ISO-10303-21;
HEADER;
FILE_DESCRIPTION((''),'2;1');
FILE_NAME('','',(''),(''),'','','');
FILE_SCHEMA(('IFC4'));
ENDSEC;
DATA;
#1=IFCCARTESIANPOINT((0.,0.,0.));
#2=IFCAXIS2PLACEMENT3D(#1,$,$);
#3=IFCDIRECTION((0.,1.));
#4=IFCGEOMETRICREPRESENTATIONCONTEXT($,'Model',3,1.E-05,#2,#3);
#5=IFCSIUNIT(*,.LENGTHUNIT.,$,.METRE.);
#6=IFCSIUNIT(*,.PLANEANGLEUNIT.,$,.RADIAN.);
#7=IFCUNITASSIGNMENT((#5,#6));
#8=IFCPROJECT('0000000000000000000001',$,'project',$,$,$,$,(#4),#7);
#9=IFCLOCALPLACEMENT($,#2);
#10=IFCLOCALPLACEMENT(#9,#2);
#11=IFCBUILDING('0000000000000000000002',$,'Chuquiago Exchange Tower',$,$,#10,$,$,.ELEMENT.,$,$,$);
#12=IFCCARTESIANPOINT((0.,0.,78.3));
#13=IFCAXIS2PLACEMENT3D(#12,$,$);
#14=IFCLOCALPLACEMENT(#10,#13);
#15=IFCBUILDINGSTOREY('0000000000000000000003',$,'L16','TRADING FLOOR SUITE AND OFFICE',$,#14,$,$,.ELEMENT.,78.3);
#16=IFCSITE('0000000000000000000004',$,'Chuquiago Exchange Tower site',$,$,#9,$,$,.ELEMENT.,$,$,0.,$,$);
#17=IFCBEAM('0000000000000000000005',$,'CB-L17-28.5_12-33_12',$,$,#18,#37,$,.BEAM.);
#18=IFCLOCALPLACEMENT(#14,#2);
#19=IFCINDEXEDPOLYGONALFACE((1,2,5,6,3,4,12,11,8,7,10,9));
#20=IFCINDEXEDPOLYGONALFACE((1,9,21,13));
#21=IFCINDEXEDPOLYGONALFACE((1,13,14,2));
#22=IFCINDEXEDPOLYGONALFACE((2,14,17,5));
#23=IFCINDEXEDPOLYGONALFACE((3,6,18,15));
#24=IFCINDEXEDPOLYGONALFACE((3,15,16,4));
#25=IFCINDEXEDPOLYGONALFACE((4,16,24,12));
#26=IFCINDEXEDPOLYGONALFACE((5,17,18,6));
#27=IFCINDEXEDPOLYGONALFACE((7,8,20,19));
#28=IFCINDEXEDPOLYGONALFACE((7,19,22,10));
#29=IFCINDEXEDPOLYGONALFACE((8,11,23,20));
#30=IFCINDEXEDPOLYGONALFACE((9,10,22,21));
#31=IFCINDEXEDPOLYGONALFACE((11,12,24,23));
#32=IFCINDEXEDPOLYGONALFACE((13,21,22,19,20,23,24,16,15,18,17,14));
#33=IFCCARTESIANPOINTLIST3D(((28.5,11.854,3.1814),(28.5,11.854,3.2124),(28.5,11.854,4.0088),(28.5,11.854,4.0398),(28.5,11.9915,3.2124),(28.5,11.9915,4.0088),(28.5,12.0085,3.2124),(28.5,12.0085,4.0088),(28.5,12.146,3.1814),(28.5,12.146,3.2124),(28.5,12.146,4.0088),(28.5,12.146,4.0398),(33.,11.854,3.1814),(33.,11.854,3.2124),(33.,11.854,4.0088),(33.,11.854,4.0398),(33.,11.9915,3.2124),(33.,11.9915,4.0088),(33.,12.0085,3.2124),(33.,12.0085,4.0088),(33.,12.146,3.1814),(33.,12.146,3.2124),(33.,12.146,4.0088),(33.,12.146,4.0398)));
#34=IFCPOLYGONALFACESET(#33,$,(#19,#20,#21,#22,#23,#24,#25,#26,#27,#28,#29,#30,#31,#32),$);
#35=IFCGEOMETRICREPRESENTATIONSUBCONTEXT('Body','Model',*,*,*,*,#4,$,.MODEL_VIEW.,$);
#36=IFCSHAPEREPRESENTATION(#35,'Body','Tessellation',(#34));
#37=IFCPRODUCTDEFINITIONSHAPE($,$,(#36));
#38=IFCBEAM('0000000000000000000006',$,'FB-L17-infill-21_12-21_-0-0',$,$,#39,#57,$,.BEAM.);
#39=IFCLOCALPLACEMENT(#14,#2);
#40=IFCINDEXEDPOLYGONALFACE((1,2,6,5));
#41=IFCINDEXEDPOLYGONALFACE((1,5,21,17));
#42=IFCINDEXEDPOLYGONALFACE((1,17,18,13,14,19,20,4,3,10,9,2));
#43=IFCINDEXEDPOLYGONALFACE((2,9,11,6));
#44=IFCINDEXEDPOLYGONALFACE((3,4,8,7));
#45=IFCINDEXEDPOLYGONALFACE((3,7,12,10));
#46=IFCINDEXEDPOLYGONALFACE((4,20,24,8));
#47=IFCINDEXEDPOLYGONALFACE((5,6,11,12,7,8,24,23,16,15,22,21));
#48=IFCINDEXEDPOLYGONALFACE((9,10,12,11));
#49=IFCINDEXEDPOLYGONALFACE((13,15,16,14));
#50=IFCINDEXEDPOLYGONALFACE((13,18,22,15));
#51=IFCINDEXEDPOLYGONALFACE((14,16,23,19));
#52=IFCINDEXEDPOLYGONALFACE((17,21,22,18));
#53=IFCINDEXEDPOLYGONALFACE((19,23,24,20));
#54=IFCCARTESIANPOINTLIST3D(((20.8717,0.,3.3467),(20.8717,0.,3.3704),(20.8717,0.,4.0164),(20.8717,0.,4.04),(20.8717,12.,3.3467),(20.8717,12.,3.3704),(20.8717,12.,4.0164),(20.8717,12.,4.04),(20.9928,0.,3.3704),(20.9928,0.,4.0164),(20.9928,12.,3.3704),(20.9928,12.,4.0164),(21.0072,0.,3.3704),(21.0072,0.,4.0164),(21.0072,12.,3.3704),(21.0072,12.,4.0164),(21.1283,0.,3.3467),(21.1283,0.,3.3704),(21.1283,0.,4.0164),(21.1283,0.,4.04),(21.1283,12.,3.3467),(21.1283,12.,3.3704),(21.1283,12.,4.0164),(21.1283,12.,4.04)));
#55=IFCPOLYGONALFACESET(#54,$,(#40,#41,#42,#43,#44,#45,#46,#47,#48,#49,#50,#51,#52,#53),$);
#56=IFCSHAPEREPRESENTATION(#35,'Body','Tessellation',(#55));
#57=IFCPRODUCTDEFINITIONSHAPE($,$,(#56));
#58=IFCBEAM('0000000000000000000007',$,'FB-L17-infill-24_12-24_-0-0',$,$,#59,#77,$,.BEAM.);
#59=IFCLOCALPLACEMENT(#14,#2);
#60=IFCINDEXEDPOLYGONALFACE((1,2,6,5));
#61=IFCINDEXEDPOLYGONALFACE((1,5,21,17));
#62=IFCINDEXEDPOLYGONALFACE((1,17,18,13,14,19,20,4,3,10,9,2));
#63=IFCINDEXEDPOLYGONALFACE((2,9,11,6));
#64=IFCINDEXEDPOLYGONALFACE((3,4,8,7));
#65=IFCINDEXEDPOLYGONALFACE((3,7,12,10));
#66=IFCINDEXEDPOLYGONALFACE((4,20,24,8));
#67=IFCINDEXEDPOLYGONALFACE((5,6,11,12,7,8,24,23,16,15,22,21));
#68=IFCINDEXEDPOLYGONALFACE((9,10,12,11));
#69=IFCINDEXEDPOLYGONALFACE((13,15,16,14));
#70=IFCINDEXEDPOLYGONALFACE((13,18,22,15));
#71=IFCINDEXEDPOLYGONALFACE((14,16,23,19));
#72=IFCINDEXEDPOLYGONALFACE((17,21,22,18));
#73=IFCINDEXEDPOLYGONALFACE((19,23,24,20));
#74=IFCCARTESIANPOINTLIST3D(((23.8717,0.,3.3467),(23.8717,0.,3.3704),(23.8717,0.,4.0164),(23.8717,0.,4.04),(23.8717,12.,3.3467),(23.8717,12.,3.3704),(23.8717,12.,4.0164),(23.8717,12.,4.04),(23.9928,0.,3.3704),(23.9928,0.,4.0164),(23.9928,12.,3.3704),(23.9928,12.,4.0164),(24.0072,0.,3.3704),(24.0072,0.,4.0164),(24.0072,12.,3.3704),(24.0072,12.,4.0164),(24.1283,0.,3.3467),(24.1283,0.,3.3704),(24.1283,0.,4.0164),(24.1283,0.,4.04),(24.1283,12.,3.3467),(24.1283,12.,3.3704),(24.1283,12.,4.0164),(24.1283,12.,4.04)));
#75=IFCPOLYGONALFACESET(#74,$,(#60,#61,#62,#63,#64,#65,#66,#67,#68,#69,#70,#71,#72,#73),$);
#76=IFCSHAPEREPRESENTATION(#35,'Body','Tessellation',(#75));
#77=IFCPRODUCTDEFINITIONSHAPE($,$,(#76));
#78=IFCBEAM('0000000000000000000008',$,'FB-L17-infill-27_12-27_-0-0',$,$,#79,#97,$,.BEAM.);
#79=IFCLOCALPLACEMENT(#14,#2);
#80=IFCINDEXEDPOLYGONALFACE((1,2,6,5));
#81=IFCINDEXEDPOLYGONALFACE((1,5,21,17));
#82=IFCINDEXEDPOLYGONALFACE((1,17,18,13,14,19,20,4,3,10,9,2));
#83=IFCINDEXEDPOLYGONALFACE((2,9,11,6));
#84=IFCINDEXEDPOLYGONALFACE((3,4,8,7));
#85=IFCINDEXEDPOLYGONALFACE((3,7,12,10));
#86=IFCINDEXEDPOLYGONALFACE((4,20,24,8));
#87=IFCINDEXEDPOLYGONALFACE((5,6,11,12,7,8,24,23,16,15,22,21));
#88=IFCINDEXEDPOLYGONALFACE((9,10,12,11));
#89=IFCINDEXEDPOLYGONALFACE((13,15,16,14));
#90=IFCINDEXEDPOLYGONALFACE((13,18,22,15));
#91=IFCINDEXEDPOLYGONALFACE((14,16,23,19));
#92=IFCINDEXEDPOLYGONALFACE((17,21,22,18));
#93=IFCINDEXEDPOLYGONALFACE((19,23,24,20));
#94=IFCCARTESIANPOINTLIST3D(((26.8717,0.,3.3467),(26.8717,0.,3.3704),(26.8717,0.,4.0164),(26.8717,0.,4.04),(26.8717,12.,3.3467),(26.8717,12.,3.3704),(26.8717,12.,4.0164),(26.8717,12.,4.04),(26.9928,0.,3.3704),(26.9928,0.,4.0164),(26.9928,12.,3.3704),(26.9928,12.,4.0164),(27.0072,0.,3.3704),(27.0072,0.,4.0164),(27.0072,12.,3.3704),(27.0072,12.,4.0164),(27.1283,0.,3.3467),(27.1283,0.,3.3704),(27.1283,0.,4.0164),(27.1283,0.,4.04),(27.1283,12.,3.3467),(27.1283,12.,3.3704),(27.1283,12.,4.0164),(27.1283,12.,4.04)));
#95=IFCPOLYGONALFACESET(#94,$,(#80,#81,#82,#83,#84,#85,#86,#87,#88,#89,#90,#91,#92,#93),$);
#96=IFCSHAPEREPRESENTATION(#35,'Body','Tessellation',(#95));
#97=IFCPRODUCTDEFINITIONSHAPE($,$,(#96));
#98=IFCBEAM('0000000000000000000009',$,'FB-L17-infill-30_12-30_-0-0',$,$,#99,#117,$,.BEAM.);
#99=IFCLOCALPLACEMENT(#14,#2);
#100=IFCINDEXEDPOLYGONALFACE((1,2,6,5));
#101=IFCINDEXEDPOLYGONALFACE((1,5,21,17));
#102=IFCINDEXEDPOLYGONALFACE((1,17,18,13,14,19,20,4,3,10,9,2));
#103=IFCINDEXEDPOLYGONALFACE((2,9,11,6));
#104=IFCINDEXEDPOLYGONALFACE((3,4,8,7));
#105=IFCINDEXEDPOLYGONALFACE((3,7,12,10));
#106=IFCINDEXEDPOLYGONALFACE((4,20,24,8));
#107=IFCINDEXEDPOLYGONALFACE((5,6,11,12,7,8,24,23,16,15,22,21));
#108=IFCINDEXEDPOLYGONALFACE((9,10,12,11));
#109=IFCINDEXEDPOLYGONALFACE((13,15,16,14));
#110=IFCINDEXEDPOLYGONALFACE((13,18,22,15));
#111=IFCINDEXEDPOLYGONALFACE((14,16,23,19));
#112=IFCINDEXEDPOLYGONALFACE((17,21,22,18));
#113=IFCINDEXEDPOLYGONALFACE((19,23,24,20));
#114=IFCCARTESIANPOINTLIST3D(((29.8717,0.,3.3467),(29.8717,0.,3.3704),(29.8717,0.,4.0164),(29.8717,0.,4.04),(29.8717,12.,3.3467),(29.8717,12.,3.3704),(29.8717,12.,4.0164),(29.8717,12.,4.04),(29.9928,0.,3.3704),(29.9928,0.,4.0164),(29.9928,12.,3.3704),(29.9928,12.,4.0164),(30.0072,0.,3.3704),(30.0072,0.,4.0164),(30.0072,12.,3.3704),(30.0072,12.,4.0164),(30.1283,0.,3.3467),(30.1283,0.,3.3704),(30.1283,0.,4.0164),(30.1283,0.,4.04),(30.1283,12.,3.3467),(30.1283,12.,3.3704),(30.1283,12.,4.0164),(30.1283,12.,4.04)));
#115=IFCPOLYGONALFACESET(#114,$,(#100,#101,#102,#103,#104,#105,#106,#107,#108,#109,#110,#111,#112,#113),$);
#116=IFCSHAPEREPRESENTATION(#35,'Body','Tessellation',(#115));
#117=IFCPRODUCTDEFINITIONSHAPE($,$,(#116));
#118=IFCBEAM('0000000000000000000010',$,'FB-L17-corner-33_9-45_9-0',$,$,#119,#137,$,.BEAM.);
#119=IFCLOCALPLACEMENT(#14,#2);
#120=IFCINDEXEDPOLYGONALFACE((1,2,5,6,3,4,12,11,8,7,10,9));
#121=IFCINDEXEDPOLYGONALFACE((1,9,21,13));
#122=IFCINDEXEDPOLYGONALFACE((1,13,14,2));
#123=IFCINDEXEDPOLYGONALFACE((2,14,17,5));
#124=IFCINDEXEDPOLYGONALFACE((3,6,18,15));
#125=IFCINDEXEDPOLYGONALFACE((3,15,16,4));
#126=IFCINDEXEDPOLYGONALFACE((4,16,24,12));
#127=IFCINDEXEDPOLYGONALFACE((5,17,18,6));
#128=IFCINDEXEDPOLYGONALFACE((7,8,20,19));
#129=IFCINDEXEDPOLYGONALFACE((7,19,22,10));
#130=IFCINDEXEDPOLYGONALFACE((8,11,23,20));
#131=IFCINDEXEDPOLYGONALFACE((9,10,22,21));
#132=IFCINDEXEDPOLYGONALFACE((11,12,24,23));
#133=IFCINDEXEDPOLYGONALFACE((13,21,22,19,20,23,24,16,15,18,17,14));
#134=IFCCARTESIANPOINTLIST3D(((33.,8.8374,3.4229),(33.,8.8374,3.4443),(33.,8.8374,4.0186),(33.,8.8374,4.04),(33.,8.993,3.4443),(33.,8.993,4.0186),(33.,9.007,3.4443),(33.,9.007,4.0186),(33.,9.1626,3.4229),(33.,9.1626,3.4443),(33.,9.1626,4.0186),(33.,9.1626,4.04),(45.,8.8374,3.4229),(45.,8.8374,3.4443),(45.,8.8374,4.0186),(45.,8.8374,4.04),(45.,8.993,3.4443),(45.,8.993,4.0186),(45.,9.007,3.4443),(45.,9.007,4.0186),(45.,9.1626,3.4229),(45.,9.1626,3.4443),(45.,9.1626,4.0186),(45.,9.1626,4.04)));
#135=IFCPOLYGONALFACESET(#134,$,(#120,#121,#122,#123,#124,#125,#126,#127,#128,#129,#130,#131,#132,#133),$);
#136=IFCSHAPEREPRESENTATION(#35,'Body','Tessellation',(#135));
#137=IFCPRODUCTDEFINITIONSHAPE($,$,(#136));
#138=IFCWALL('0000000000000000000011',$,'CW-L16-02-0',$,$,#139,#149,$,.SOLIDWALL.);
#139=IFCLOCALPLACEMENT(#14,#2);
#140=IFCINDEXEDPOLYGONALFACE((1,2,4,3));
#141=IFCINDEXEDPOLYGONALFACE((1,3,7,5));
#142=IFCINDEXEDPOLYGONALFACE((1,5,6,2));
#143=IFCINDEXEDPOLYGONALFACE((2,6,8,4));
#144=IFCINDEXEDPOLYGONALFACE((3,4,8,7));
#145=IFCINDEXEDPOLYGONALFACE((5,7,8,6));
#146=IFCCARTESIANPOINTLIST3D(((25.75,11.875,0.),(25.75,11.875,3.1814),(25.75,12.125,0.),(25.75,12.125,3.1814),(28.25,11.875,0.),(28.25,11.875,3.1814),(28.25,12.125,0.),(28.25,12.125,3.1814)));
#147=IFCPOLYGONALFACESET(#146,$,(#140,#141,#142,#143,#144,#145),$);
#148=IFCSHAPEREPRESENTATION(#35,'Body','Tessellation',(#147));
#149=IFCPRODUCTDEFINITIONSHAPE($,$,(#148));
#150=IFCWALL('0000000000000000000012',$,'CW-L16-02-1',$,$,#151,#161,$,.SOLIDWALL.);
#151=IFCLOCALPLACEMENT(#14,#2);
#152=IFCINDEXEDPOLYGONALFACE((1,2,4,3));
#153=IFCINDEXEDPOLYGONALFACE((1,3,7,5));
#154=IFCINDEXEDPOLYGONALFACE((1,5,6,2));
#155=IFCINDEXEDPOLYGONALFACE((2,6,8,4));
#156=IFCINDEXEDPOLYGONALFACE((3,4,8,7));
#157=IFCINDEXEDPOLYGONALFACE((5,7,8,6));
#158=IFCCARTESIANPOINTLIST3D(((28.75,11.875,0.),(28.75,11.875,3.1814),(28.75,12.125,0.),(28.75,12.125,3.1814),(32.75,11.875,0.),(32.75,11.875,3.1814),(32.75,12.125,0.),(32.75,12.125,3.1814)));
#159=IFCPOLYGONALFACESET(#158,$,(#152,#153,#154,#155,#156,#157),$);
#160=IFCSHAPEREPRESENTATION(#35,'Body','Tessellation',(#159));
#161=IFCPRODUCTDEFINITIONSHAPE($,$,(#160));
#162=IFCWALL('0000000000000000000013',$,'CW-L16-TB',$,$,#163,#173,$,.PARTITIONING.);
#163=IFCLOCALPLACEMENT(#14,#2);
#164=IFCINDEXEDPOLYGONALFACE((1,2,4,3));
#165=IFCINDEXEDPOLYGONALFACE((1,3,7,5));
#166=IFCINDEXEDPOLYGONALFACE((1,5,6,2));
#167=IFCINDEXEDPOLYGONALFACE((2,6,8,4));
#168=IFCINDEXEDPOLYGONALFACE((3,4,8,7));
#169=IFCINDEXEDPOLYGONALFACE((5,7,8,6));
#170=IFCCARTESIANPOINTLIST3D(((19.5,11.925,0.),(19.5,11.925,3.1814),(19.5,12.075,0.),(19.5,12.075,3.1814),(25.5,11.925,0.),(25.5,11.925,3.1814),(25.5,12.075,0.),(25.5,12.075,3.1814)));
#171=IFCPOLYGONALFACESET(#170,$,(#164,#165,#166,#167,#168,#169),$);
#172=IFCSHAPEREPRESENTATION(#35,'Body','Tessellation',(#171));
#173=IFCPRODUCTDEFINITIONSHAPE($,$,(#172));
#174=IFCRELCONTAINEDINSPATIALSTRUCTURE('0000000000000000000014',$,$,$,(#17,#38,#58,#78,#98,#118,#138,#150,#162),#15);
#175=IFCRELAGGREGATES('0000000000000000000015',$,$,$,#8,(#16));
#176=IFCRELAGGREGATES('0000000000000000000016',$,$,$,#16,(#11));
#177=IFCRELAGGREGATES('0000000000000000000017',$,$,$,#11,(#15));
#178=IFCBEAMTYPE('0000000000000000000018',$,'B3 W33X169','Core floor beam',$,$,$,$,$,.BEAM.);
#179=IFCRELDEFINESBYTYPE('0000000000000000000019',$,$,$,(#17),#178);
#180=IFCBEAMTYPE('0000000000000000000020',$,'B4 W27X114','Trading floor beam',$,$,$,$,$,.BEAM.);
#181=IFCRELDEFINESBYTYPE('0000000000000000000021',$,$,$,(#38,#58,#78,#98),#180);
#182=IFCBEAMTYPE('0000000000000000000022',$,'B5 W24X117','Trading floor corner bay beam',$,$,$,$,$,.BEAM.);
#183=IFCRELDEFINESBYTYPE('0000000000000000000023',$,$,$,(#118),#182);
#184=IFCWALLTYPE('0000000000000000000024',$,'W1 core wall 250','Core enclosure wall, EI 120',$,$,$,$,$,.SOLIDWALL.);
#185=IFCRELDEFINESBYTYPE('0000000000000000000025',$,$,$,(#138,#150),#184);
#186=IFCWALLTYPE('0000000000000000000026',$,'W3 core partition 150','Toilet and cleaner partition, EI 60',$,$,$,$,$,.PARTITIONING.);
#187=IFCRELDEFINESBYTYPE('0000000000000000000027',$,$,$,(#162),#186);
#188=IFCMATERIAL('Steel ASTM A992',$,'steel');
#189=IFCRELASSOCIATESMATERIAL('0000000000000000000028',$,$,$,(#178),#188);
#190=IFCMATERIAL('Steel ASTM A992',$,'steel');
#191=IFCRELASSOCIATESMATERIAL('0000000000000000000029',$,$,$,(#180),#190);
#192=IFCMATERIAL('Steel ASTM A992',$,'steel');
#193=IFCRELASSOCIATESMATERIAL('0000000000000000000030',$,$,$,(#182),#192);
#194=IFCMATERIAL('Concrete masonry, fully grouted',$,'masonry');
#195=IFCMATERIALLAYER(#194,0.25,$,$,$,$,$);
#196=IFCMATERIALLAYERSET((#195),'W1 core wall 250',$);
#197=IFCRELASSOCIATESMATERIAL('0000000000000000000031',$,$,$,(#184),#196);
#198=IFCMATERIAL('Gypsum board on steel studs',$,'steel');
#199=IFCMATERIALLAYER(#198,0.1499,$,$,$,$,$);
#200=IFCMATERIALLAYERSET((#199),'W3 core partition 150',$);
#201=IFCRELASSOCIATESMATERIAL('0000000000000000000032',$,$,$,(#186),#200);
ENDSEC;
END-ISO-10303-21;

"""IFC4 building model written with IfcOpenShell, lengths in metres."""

from ifc_helpers import new_model, si_unit, direction, frame, frame_2d, origin, origin_2d, place, context, subcontext, project, spatial, rectangle, i_section, extrude, material, layer, layer_set, material_profile, profile_set, type_object, element, save


model = new_model("IFC4")

# Units and contexts
model_context = context("Model", 3, precision=1e-05, world=origin(), true_north=direction((0.0, 1.0)))
body_context = subcontext(model_context, "Body", "Model", "MODEL_VIEW")
ifc_project = project(units=[si_unit("LENGTHUNIT", "METRE"), si_unit("PLANEANGLEUNIT", "RADIAN")], contexts=[model_context])

# Site, building, storey
site_placement = place(None, origin())
site = spatial("IfcSite", under=ifc_project, at=site_placement, Name="Chuquiago Exchange Tower site", CompositionType="ELEMENT", RefElevation=0.0)
building_placement = place(site_placement, origin())
building = spatial("IfcBuilding", under=site, at=building_placement, Name="Chuquiago Exchange Tower", CompositionType="ELEMENT")
storey_placement = place(building_placement, frame((0.0, 0.0, 78.3)))
storey = spatial("IfcBuildingStorey", under=building, at=storey_placement, Name="L16", Description="TRADING FLOOR SUITE AND OFFICE", CompositionType="ELEMENT", Elevation=78.3)

# Beams
ifc_material_1 = material(Name="Steel ASTM A992", Category="steel")
ifc_material_profile_1 = material_profile(ifc_material_1, i_section(OverallWidth=0.292, OverallDepth=0.8584, WebThickness=0.0171, FlangeThickness=0.031, at=origin_2d()), Name="W33X169")
ifc_profile_set_1 = profile_set([ifc_material_profile_1], Name="Steel ASTM A992")
beam_type_1 = type_object("IfcBeamType", Name="B3 W33X169", Description="Core floor beam", PredefinedType="BEAM", material=ifc_profile_set_1)
beam_1_placement = place(storey_placement, frame((28.5, 12.0, 3.6106), z_axis=(1.0, 0.0, 0.0), x_axis=(0.0, 1.0, 0.0)))
element("IfcBeam", 1, at=beam_1_placement, inside=storey, type_object=beam_type_1, Name="CB-L17-28.5_12-33_12", PredefinedType="BEAM", context=body_context, shape_type="SweptSolid", body=[
    extrude(i_section(OverallWidth=0.292, OverallDepth=0.8584, WebThickness=0.0171, FlangeThickness=0.031, at=origin_2d()), origin(), (0.0, 0.0, 1.0), 4.5),
])
ifc_material_2 = material(Name="Steel ASTM A992", Category="steel")
ifc_material_profile_2 = material_profile(ifc_material_2, i_section(OverallWidth=0.2566, OverallDepth=0.6934, WebThickness=0.0144, FlangeThickness=0.0237, at=origin_2d()), Name="W27X114")
ifc_profile_set_2 = profile_set([ifc_material_profile_2], Name="Steel ASTM A992")
beam_type_2 = type_object("IfcBeamType", Name="B4 W27X114", Description="Trading floor beam", PredefinedType="BEAM", material=ifc_profile_set_2)
for number, where, z_axis, x_axis, name in (
    (2, (21.0, 12.0, 3.6934), (0.0, -1.0, 0.0), (1.0, 0.0, 0.0), "FB-L17-infill-21_12-21_-0-0"),
    (3, (24.0, 12.0, 3.6934), (0.0, -1.0, 0.0), (1.0, 0.0, 0.0), "FB-L17-infill-24_12-24_-0-0"),
    (4, (27.0, 12.0, 3.6934), (0.0, -1.0, 0.0), (1.0, 0.0, 0.0), "FB-L17-infill-27_12-27_-0-0"),
    (5, (30.0, 12.0, 3.6934), (0.0, -1.0, 0.0), (1.0, 0.0, 0.0), "FB-L17-infill-30_12-30_-0-0"),
):
    element("IfcBeam", number, at=place(storey_placement, frame(where, z_axis=z_axis, x_axis=x_axis)), inside=storey, type_object=beam_type_2, Name=name, PredefinedType="BEAM", context=body_context, shape_type="SweptSolid", body=[
        extrude(i_section(OverallWidth=0.2566, OverallDepth=0.6934, WebThickness=0.0144, FlangeThickness=0.0237, at=origin_2d()), origin(), (0.0, 0.0, 1.0), 12.0),
    ])
ifc_material_3 = material(Name="Steel ASTM A992", Category="steel")
ifc_material_profile_3 = material_profile(ifc_material_3, i_section(OverallWidth=0.3252, OverallDepth=0.6172, WebThickness=0.0139, FlangeThickness=0.0215, at=origin_2d()), Name="W24X117")
ifc_profile_set_3 = profile_set([ifc_material_profile_3], Name="Steel ASTM A992")
beam_type_3 = type_object("IfcBeamType", Name="B5 W24X117", Description="Trading floor corner bay beam", PredefinedType="BEAM", material=ifc_profile_set_3)
beam_2_placement = place(storey_placement, frame((33.0, 9.0, 3.7314), z_axis=(1.0, 0.0, 0.0), x_axis=(0.0, 1.0, 0.0)))
element("IfcBeam", 6, at=beam_2_placement, inside=storey, type_object=beam_type_3, Name="FB-L17-corner-33_9-45_9-0", PredefinedType="BEAM", context=body_context, shape_type="SweptSolid", body=[
    extrude(i_section(OverallWidth=0.3252, OverallDepth=0.6172, WebThickness=0.0139, FlangeThickness=0.0215, at=origin_2d()), origin(), (0.0, 0.0, 1.0), 12.0),
])

# Walls
ifc_material_4 = material(Name="Concrete masonry, fully grouted", Category="masonry")
ifc_layer_1 = layer(ifc_material_4, 0.25)
ifc_layer_set_1 = layer_set([ifc_layer_1], Name="W1 core wall 250")
wall_type_1 = type_object("IfcWallType", Name="W1 core wall 250", Description="Core enclosure wall, EI 120", PredefinedType="SOLIDWALL", material=ifc_layer_set_1)
wall_1_placement = place(storey_placement, frame((25.75, 12.0, 0.0), z_axis=(0.0, 0.0, 1.0), x_axis=(1.0, 0.0, 0.0)))
element("IfcWall", 7, at=wall_1_placement, inside=storey, type_object=wall_type_1, Name="CW-L16-02-0", PredefinedType="SOLIDWALL", context=body_context, shape_type="SweptSolid", body=[
    extrude(rectangle(XDim=2.5, YDim=0.25, at=frame_2d((1.25, 0.0))), origin(), (0.0, 0.0, 1.0), 3.1814),
])
wall_2_placement = place(storey_placement, frame((28.75, 12.0, 0.0), z_axis=(0.0, 0.0, 1.0), x_axis=(1.0, 0.0, 0.0)))
element("IfcWall", 8, at=wall_2_placement, inside=storey, type_object=wall_type_1, Name="CW-L16-02-1", PredefinedType="SOLIDWALL", context=body_context, shape_type="SweptSolid", body=[
    extrude(rectangle(XDim=4.0, YDim=0.25, at=frame_2d((2.0, 0.0))), origin(), (0.0, 0.0, 1.0), 3.1814),
])
ifc_material_5 = material(Name="Gypsum board on steel studs", Category="steel")
ifc_layer_2 = layer(ifc_material_5, 0.1499)
ifc_layer_set_2 = layer_set([ifc_layer_2], Name="W3 core partition 150")
wall_type_2 = type_object("IfcWallType", Name="W3 core partition 150", Description="Toilet and cleaner partition, EI 60", PredefinedType="PARTITIONING", material=ifc_layer_set_2)
wall_3_placement = place(storey_placement, frame((19.5, 12.0, 0.0), z_axis=(0.0, 0.0, 1.0), x_axis=(1.0, 0.0, 0.0)))
element("IfcWall", 9, at=wall_3_placement, inside=storey, type_object=wall_type_2, Name="CW-L16-TB", PredefinedType="PARTITIONING", context=body_context, shape_type="SweptSolid", body=[
    extrude(rectangle(XDim=6.0, YDim=0.1499, at=frame_2d((3.0, 0.0))), origin(), (0.0, 0.0, 1.0), 3.1814),
])

save(model, "model.ifc")
